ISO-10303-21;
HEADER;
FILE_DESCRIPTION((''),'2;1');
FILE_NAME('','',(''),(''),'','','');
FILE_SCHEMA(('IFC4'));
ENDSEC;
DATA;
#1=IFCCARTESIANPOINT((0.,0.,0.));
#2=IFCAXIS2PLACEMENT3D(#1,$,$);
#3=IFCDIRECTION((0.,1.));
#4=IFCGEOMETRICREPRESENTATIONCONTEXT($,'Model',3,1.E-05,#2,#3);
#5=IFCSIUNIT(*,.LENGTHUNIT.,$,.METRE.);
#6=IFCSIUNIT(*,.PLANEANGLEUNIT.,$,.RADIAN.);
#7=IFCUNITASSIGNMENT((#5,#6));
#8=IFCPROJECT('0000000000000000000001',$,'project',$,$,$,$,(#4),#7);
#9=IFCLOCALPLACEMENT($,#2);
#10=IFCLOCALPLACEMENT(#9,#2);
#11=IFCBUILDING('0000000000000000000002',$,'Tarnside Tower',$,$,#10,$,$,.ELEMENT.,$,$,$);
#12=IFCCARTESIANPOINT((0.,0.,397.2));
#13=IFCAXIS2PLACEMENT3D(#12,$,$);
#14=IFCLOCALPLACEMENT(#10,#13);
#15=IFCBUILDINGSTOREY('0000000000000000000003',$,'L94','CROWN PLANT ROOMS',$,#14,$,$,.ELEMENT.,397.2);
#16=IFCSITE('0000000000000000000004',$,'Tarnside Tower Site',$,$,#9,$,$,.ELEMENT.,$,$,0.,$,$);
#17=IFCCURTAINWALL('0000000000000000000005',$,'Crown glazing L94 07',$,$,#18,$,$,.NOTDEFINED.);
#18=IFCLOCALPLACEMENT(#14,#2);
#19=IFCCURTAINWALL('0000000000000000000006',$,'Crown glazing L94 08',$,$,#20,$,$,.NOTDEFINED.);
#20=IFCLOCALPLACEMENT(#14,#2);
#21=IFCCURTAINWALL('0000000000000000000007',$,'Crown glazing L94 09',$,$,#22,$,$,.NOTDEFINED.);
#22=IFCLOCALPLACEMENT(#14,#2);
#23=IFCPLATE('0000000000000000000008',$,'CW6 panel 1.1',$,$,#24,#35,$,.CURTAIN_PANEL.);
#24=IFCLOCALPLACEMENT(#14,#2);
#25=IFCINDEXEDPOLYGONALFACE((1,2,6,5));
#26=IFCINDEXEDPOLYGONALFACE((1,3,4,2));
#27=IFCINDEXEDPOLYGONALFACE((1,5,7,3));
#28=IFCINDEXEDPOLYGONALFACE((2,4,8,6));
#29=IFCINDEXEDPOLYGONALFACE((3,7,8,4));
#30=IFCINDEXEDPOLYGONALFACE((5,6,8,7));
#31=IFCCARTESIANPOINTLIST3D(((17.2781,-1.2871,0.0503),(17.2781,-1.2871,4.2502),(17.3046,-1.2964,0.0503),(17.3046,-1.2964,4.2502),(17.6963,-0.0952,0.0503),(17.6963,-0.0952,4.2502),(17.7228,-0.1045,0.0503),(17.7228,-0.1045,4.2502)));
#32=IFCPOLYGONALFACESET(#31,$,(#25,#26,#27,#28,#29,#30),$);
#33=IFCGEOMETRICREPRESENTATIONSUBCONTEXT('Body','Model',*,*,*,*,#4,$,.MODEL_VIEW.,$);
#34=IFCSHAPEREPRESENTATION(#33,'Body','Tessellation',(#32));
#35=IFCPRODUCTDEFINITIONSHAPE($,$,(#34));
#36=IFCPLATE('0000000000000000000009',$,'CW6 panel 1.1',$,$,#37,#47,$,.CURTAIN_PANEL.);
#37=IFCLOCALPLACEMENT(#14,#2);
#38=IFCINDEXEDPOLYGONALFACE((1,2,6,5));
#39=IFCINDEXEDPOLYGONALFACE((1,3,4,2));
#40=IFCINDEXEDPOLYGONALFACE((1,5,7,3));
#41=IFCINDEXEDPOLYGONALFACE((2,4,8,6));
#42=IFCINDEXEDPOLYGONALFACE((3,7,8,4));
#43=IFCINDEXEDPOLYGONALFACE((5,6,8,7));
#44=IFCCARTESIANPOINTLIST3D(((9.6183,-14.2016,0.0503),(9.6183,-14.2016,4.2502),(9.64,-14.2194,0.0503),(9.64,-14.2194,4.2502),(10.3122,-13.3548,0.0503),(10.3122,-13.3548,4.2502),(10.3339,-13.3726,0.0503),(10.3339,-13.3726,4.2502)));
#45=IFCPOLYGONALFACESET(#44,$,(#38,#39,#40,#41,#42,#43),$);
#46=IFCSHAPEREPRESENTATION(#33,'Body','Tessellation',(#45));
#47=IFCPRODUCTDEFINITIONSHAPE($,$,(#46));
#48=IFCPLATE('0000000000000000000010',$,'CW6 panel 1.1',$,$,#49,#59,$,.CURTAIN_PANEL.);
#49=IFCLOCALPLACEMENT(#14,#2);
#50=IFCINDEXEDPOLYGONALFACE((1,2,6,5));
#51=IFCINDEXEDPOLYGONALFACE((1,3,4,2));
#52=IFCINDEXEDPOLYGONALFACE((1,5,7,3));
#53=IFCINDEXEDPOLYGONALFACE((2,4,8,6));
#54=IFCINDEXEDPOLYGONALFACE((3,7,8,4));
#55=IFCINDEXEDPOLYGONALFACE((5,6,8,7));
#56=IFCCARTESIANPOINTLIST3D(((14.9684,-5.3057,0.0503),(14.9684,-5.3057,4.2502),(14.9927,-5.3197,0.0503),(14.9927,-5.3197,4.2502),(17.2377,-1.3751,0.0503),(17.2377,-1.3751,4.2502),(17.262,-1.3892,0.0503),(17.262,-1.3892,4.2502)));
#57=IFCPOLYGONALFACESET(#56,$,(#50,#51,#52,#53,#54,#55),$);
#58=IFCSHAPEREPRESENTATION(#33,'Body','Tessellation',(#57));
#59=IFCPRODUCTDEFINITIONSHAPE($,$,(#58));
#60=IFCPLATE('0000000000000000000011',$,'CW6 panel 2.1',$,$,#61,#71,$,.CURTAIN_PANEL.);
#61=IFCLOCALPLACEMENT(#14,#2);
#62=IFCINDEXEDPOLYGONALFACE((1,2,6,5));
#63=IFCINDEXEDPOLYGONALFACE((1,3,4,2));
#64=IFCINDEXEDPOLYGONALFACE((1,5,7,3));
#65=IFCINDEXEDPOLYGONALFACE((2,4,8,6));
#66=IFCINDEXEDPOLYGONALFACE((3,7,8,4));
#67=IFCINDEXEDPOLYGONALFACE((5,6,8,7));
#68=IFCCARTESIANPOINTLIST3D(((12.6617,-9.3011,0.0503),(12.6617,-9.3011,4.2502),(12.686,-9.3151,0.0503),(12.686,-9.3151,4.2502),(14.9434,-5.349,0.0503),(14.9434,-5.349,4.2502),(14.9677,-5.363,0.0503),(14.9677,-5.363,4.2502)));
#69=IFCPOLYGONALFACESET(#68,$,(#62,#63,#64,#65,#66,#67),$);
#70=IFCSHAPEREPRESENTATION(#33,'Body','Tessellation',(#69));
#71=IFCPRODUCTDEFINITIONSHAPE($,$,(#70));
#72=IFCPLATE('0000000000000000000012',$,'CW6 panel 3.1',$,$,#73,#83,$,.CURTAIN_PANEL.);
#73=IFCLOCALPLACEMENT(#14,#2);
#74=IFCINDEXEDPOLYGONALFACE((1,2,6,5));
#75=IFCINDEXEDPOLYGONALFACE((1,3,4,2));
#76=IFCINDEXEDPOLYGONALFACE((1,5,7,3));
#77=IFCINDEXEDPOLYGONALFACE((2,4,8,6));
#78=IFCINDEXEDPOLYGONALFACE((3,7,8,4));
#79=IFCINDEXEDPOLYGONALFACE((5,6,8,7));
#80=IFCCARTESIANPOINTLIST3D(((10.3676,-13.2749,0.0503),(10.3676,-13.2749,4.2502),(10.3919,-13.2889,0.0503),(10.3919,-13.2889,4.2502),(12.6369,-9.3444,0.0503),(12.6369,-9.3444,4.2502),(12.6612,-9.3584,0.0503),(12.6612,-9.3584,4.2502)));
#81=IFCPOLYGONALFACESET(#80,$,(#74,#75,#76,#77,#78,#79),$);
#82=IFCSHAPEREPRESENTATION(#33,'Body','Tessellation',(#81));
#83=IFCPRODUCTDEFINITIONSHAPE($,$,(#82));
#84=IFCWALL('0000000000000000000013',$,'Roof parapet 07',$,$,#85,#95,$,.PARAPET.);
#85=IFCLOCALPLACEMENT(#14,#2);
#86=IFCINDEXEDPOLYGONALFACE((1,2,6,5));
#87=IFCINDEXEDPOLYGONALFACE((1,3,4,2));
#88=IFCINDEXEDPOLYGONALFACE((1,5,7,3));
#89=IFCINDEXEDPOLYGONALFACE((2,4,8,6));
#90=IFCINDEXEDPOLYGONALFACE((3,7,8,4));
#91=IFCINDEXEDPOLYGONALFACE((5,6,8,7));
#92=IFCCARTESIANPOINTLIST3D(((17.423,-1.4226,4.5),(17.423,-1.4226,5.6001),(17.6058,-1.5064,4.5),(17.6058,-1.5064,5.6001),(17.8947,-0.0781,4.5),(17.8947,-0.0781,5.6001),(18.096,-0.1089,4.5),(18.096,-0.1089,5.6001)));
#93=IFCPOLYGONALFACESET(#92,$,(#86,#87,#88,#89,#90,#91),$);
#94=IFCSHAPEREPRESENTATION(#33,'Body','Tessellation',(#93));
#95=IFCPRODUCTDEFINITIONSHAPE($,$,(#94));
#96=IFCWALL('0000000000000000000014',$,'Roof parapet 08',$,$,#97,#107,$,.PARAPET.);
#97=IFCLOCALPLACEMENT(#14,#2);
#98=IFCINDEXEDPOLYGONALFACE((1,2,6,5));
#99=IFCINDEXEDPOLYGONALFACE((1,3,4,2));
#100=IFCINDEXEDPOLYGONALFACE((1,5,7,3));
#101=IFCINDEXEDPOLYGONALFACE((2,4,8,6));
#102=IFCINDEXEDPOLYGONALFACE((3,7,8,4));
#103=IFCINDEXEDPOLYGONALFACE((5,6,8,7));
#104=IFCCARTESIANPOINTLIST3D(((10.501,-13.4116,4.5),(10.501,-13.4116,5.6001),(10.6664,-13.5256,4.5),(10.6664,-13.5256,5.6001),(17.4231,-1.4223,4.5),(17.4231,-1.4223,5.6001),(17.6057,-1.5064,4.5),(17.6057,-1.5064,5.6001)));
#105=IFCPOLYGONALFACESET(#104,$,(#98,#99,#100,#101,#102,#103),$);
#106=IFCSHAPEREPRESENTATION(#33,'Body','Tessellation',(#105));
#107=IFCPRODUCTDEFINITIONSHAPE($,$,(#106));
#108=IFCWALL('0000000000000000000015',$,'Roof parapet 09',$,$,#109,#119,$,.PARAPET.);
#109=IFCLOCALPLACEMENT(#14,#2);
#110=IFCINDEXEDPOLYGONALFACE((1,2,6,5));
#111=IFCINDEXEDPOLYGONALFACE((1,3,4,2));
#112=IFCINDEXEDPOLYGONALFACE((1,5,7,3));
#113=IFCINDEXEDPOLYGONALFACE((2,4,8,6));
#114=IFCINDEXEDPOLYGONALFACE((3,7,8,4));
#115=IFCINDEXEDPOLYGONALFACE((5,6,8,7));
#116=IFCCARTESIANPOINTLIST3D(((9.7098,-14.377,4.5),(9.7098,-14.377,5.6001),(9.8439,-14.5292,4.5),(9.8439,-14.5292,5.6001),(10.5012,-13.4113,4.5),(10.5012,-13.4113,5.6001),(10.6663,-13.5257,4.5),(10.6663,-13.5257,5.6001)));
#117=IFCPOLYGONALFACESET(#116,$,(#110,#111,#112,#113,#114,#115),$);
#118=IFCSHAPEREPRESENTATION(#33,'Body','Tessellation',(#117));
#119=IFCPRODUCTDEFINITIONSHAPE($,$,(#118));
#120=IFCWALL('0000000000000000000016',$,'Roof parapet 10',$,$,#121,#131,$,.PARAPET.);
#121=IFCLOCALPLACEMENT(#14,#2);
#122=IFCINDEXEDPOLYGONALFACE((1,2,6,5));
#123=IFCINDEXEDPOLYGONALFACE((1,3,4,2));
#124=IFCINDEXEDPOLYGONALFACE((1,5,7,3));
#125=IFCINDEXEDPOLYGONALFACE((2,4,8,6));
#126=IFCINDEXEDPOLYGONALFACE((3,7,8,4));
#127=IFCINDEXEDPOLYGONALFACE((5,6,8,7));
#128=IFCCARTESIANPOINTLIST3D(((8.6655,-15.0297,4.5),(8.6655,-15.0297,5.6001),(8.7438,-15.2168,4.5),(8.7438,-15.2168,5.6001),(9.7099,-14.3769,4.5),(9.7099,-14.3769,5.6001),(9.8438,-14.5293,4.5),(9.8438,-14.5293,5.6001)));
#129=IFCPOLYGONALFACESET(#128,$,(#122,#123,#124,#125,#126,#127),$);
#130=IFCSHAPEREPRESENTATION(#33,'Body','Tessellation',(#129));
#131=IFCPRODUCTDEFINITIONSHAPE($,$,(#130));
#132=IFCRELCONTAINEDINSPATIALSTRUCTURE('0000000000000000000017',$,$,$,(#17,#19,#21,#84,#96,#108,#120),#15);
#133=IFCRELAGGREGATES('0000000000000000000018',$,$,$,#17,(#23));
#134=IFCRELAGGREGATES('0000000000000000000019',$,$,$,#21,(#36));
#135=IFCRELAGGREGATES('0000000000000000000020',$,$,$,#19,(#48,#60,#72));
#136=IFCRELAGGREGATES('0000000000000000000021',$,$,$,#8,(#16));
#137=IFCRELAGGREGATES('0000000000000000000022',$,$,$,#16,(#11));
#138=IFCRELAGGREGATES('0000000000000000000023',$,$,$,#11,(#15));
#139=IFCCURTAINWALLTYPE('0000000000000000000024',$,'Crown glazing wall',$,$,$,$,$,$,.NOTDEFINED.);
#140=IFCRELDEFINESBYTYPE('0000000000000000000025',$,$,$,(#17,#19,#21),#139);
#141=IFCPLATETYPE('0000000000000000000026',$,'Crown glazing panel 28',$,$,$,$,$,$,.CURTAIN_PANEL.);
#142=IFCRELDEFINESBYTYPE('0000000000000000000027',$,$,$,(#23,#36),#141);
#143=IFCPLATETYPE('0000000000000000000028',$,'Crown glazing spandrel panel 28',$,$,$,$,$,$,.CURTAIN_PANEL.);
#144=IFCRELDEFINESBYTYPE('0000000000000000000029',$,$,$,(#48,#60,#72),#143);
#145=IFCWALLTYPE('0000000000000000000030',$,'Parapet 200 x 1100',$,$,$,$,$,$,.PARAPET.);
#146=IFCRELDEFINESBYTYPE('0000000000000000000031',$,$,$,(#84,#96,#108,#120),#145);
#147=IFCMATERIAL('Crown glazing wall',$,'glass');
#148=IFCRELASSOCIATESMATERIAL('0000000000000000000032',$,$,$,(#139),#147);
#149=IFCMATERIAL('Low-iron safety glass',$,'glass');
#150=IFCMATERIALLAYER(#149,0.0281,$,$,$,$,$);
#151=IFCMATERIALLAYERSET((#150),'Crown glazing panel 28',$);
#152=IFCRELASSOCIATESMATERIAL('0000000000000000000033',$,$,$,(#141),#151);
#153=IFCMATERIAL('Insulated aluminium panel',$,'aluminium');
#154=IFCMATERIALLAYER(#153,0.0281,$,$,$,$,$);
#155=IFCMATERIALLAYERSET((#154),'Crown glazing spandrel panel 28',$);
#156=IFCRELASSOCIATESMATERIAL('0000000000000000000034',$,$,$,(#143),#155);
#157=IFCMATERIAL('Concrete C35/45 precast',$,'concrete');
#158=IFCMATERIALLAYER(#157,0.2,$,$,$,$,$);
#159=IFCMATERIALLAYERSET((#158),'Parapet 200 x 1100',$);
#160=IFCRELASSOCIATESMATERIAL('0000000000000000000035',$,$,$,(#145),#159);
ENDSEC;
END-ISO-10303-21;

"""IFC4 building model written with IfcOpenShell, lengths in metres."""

from ifc_helpers import new_model, si_unit, direction, frame, origin, origin_2d, place, context, subcontext, project, spatial, polyline, rectangle, outline, extrude, material, layer, layer_set, type_object, element, aggregate, save


model = new_model("IFC4")

# Units and contexts
model_context = context("Model", 3, precision=1e-05, world=origin(), true_north=direction((0.0, 1.0)))
body_context = subcontext(model_context, "Body", "Model", "MODEL_VIEW")
ifc_project = project(units=[si_unit("LENGTHUNIT", "METRE"), si_unit("PLANEANGLEUNIT", "RADIAN")], contexts=[model_context])

# Site, building, storey
site_placement = place(None, origin())
site = spatial("IfcSite", under=ifc_project, at=site_placement, Name="Tarnside Tower Site", CompositionType="ELEMENT", RefElevation=0.0)
building_placement = place(site_placement, origin())
building = spatial("IfcBuilding", under=site, at=building_placement, Name="Tarnside Tower", CompositionType="ELEMENT")
storey_placement = place(building_placement, frame((0.0, 0.0, 397.2)))
storey = spatial("IfcBuildingStorey", under=building, at=storey_placement, Name="L94", Description="CROWN PLANT ROOMS", CompositionType="ELEMENT", Elevation=397.2)

# Shared definitions
ifc_material_1 = material(Name="Crown glazing wall", Category="glass")
curtain_wall_type = type_object("IfcCurtainWallType", Name="Crown glazing wall", PredefinedType="NOTDEFINED", material=ifc_material_1)

# Curtain walls
curtain_wall_1_placement = place(storey_placement, origin())
curtain_wall_1 = element("IfcCurtainWall", 1, at=curtain_wall_1_placement, inside=storey, type_object=curtain_wall_type, Name="Crown glazing L94 07", PredefinedType="NOTDEFINED")
curtain_wall_2_placement = place(storey_placement, origin())
curtain_wall_2 = element("IfcCurtainWall", 2, at=curtain_wall_2_placement, inside=storey, type_object=curtain_wall_type, Name="Crown glazing L94 08", PredefinedType="NOTDEFINED")
curtain_wall_3_placement = place(storey_placement, origin())
curtain_wall_3 = element("IfcCurtainWall", 3, at=curtain_wall_3_placement, inside=storey, type_object=curtain_wall_type, Name="Crown glazing L94 09", PredefinedType="NOTDEFINED")

# Plates
ifc_material_2 = material(Name="Low-iron safety glass", Category="glass")
ifc_layer_1 = layer(ifc_material_2, 0.0281)
ifc_layer_set_1 = layer_set([ifc_layer_1], Name="Crown glazing panel 28")
plate_type_1 = type_object("IfcPlateType", Name="Crown glazing panel 28", PredefinedType="CURTAIN_PANEL", material=ifc_layer_set_1)
plate_1_placement = place(storey_placement, frame((17.5005, -0.6958, 0.0503), z_axis=(0.0, 0.0, 1.0), x_axis=(-0.331063, -0.943609, 0.0)))
plate_1 = element("IfcPlate", 4, at=plate_1_placement, type_object=plate_type_1, Name="CW6 panel 1.1", PredefinedType="CURTAIN_PANEL", context=body_context, shape_type="SweptSolid", body=[
    extrude(rectangle(XDim=1.2632, YDim=0.0281, at=origin_2d()), origin(), (0.0, 0.0, 1.0), 4.2),
])
aggregate(curtain_wall_1, [plate_1])
plate_2_placement = place(storey_placement, frame((9.9761, -13.7871, 0.0503), z_axis=(0.0, 0.0, 1.0), x_axis=(-0.633831, -0.773472, 0.0)))
plate_2 = element("IfcPlate", 5, at=plate_2_placement, type_object=plate_type_1, Name="CW6 panel 1.1", PredefinedType="CURTAIN_PANEL", context=body_context, shape_type="SweptSolid", body=[
    extrude(rectangle(XDim=1.0947, YDim=0.0281, at=origin_2d()), origin(), (0.0, 0.0, 1.0), 4.2),
])
aggregate(curtain_wall_3, [plate_2])
ifc_material_3 = material(Name="Insulated aluminium panel", Category="aluminium")
ifc_layer_2 = layer(ifc_material_3, 0.0281)
ifc_layer_set_2 = layer_set([ifc_layer_2], Name="Crown glazing spandrel panel 28")
plate_type_2 = type_object("IfcPlateType", Name="Crown glazing spandrel panel 28", PredefinedType="CURTAIN_PANEL", material=ifc_layer_set_2)
plate_3_placement = place(storey_placement, frame((16.1152, -3.3474, 0.0503), z_axis=(0.0, 0.0, 1.0), x_axis=(-0.5, -0.866025, 0.0)))
plate_3 = element("IfcPlate", 6, at=plate_3_placement, type_object=plate_type_2, Name="CW6 panel 1.1", PredefinedType="CURTAIN_PANEL", context=body_context, shape_type="SweptSolid", body=[
    extrude(rectangle(XDim=4.5386, YDim=0.0281, at=origin_2d()), origin(), (0.0, 0.0, 1.0), 4.2),
])
plate_4_placement = place(storey_placement, frame((13.8147, -7.332, 0.0503), z_axis=(0.0, 0.0, 1.0), x_axis=(-0.5, -0.866025, 0.0)))
plate_4 = element("IfcPlate", 7, at=plate_4_placement, type_object=plate_type_2, Name="CW6 panel 2.1", PredefinedType="CURTAIN_PANEL", context=body_context, shape_type="SweptSolid", body=[
    extrude(rectangle(XDim=4.5635, YDim=0.0281, at=origin_2d()), origin(), (0.0, 0.0, 1.0), 4.2),
])
plate_5_placement = place(storey_placement, frame((11.5144, -11.3167, 0.0503), z_axis=(0.0, 0.0, 1.0), x_axis=(-0.5, -0.866025, 0.0)))
plate_5 = element("IfcPlate", 8, at=plate_5_placement, type_object=plate_type_2, Name="CW6 panel 3.1", PredefinedType="CURTAIN_PANEL", context=body_context, shape_type="SweptSolid", body=[
    extrude(rectangle(XDim=4.5386, YDim=0.0281, at=origin_2d()), origin(), (0.0, 0.0, 1.0), 4.2),
])
aggregate(curtain_wall_2, [plate_3, plate_4, plate_5])

# Walls
ifc_material_4 = material(Name="Concrete C35/45 precast", Category="concrete")
ifc_layer_3 = layer(ifc_material_4, 0.2)
ifc_layer_set_3 = layer_set([ifc_layer_3], Name="Parapet 200 x 1100")
wall_type = type_object("IfcWallType", Name="Parapet 200 x 1100", PredefinedType="PARAPET", material=ifc_layer_set_3)
wall_1_placement = place(storey_placement, frame((17.9954, -0.0935, 4.5), z_axis=(0.0, 0.0, 1.0), x_axis=(-0.331061, -0.943609, 0.0)))
element("IfcWall", 9, at=wall_1_placement, inside=storey, type_object=wall_type, Name="Roof parapet 07", PredefinedType="PARAPET", context=body_context, shape_type="SweptSolid", body=[
    extrude(outline(polyline([(0.0188, -0.1001), (1.4436, -0.1001), (1.4622, 0.1001), (-0.0188, 0.1001), (0.0188, -0.1001)])), origin(), (0.0, 0.0, 1.0), 1.1001),
])
wall_2_placement = place(storey_placement, frame((17.5144, -1.4644, 4.5), z_axis=(0.0, 0.0, 1.0), x_axis=(-0.500003, -0.866023, 0.0)))
element("IfcWall", 10, at=wall_2_placement, inside=storey, type_object=wall_type, Name="Roof parapet 08", PredefinedType="PARAPET", context=body_context, shape_type="SweptSolid", body=[
    extrude(outline(polyline([(0.0093, -0.1001), (13.8533, -0.1001), (13.8694, 0.1001), (-0.0093, 0.1001), (0.0093, -0.1001)])), origin(), (0.0, 0.0, 1.0), 1.1001),
])
wall_3_placement = place(storey_placement, frame((10.5837, -13.4685, 4.5), z_axis=(0.0, 0.0, 1.0), x_axis=(-0.633843, -0.773461, 0.0)))
element("IfcWall", 11, at=wall_3_placement, inside=storey, type_object=wall_type, Name="Roof parapet 09", PredefinedType="PARAPET", context=body_context, shape_type="SweptSolid", body=[
    extrude(outline(polyline([(0.0081, -0.1001), (1.2566, -0.1001), (1.2893, 0.1001), (-0.0081, 0.1001), (0.0081, -0.1001)])), origin(), (0.0, 0.0, 1.0), 1.1001),
])
wall_4_placement = place(storey_placement, frame((9.7769, -14.4531, 4.5), z_axis=(0.0, 0.0, 1.0), x_axis=(-0.847998, -0.529999, 0.0)))
element("IfcWall", 12, at=wall_4_placement, inside=storey, type_object=wall_type, Name="Roof parapet 10", PredefinedType="PARAPET", context=body_context, shape_type="SweptSolid", body=[
    extrude(outline(polyline([(0.0164, -0.1001), (1.248, -0.1001), (1.2808, 0.1001), (-0.0164, 0.1001), (0.0164, -0.1001)])), origin(), (0.0, 0.0, 1.0), 1.1001),
])

save(model, "model.ifc")
